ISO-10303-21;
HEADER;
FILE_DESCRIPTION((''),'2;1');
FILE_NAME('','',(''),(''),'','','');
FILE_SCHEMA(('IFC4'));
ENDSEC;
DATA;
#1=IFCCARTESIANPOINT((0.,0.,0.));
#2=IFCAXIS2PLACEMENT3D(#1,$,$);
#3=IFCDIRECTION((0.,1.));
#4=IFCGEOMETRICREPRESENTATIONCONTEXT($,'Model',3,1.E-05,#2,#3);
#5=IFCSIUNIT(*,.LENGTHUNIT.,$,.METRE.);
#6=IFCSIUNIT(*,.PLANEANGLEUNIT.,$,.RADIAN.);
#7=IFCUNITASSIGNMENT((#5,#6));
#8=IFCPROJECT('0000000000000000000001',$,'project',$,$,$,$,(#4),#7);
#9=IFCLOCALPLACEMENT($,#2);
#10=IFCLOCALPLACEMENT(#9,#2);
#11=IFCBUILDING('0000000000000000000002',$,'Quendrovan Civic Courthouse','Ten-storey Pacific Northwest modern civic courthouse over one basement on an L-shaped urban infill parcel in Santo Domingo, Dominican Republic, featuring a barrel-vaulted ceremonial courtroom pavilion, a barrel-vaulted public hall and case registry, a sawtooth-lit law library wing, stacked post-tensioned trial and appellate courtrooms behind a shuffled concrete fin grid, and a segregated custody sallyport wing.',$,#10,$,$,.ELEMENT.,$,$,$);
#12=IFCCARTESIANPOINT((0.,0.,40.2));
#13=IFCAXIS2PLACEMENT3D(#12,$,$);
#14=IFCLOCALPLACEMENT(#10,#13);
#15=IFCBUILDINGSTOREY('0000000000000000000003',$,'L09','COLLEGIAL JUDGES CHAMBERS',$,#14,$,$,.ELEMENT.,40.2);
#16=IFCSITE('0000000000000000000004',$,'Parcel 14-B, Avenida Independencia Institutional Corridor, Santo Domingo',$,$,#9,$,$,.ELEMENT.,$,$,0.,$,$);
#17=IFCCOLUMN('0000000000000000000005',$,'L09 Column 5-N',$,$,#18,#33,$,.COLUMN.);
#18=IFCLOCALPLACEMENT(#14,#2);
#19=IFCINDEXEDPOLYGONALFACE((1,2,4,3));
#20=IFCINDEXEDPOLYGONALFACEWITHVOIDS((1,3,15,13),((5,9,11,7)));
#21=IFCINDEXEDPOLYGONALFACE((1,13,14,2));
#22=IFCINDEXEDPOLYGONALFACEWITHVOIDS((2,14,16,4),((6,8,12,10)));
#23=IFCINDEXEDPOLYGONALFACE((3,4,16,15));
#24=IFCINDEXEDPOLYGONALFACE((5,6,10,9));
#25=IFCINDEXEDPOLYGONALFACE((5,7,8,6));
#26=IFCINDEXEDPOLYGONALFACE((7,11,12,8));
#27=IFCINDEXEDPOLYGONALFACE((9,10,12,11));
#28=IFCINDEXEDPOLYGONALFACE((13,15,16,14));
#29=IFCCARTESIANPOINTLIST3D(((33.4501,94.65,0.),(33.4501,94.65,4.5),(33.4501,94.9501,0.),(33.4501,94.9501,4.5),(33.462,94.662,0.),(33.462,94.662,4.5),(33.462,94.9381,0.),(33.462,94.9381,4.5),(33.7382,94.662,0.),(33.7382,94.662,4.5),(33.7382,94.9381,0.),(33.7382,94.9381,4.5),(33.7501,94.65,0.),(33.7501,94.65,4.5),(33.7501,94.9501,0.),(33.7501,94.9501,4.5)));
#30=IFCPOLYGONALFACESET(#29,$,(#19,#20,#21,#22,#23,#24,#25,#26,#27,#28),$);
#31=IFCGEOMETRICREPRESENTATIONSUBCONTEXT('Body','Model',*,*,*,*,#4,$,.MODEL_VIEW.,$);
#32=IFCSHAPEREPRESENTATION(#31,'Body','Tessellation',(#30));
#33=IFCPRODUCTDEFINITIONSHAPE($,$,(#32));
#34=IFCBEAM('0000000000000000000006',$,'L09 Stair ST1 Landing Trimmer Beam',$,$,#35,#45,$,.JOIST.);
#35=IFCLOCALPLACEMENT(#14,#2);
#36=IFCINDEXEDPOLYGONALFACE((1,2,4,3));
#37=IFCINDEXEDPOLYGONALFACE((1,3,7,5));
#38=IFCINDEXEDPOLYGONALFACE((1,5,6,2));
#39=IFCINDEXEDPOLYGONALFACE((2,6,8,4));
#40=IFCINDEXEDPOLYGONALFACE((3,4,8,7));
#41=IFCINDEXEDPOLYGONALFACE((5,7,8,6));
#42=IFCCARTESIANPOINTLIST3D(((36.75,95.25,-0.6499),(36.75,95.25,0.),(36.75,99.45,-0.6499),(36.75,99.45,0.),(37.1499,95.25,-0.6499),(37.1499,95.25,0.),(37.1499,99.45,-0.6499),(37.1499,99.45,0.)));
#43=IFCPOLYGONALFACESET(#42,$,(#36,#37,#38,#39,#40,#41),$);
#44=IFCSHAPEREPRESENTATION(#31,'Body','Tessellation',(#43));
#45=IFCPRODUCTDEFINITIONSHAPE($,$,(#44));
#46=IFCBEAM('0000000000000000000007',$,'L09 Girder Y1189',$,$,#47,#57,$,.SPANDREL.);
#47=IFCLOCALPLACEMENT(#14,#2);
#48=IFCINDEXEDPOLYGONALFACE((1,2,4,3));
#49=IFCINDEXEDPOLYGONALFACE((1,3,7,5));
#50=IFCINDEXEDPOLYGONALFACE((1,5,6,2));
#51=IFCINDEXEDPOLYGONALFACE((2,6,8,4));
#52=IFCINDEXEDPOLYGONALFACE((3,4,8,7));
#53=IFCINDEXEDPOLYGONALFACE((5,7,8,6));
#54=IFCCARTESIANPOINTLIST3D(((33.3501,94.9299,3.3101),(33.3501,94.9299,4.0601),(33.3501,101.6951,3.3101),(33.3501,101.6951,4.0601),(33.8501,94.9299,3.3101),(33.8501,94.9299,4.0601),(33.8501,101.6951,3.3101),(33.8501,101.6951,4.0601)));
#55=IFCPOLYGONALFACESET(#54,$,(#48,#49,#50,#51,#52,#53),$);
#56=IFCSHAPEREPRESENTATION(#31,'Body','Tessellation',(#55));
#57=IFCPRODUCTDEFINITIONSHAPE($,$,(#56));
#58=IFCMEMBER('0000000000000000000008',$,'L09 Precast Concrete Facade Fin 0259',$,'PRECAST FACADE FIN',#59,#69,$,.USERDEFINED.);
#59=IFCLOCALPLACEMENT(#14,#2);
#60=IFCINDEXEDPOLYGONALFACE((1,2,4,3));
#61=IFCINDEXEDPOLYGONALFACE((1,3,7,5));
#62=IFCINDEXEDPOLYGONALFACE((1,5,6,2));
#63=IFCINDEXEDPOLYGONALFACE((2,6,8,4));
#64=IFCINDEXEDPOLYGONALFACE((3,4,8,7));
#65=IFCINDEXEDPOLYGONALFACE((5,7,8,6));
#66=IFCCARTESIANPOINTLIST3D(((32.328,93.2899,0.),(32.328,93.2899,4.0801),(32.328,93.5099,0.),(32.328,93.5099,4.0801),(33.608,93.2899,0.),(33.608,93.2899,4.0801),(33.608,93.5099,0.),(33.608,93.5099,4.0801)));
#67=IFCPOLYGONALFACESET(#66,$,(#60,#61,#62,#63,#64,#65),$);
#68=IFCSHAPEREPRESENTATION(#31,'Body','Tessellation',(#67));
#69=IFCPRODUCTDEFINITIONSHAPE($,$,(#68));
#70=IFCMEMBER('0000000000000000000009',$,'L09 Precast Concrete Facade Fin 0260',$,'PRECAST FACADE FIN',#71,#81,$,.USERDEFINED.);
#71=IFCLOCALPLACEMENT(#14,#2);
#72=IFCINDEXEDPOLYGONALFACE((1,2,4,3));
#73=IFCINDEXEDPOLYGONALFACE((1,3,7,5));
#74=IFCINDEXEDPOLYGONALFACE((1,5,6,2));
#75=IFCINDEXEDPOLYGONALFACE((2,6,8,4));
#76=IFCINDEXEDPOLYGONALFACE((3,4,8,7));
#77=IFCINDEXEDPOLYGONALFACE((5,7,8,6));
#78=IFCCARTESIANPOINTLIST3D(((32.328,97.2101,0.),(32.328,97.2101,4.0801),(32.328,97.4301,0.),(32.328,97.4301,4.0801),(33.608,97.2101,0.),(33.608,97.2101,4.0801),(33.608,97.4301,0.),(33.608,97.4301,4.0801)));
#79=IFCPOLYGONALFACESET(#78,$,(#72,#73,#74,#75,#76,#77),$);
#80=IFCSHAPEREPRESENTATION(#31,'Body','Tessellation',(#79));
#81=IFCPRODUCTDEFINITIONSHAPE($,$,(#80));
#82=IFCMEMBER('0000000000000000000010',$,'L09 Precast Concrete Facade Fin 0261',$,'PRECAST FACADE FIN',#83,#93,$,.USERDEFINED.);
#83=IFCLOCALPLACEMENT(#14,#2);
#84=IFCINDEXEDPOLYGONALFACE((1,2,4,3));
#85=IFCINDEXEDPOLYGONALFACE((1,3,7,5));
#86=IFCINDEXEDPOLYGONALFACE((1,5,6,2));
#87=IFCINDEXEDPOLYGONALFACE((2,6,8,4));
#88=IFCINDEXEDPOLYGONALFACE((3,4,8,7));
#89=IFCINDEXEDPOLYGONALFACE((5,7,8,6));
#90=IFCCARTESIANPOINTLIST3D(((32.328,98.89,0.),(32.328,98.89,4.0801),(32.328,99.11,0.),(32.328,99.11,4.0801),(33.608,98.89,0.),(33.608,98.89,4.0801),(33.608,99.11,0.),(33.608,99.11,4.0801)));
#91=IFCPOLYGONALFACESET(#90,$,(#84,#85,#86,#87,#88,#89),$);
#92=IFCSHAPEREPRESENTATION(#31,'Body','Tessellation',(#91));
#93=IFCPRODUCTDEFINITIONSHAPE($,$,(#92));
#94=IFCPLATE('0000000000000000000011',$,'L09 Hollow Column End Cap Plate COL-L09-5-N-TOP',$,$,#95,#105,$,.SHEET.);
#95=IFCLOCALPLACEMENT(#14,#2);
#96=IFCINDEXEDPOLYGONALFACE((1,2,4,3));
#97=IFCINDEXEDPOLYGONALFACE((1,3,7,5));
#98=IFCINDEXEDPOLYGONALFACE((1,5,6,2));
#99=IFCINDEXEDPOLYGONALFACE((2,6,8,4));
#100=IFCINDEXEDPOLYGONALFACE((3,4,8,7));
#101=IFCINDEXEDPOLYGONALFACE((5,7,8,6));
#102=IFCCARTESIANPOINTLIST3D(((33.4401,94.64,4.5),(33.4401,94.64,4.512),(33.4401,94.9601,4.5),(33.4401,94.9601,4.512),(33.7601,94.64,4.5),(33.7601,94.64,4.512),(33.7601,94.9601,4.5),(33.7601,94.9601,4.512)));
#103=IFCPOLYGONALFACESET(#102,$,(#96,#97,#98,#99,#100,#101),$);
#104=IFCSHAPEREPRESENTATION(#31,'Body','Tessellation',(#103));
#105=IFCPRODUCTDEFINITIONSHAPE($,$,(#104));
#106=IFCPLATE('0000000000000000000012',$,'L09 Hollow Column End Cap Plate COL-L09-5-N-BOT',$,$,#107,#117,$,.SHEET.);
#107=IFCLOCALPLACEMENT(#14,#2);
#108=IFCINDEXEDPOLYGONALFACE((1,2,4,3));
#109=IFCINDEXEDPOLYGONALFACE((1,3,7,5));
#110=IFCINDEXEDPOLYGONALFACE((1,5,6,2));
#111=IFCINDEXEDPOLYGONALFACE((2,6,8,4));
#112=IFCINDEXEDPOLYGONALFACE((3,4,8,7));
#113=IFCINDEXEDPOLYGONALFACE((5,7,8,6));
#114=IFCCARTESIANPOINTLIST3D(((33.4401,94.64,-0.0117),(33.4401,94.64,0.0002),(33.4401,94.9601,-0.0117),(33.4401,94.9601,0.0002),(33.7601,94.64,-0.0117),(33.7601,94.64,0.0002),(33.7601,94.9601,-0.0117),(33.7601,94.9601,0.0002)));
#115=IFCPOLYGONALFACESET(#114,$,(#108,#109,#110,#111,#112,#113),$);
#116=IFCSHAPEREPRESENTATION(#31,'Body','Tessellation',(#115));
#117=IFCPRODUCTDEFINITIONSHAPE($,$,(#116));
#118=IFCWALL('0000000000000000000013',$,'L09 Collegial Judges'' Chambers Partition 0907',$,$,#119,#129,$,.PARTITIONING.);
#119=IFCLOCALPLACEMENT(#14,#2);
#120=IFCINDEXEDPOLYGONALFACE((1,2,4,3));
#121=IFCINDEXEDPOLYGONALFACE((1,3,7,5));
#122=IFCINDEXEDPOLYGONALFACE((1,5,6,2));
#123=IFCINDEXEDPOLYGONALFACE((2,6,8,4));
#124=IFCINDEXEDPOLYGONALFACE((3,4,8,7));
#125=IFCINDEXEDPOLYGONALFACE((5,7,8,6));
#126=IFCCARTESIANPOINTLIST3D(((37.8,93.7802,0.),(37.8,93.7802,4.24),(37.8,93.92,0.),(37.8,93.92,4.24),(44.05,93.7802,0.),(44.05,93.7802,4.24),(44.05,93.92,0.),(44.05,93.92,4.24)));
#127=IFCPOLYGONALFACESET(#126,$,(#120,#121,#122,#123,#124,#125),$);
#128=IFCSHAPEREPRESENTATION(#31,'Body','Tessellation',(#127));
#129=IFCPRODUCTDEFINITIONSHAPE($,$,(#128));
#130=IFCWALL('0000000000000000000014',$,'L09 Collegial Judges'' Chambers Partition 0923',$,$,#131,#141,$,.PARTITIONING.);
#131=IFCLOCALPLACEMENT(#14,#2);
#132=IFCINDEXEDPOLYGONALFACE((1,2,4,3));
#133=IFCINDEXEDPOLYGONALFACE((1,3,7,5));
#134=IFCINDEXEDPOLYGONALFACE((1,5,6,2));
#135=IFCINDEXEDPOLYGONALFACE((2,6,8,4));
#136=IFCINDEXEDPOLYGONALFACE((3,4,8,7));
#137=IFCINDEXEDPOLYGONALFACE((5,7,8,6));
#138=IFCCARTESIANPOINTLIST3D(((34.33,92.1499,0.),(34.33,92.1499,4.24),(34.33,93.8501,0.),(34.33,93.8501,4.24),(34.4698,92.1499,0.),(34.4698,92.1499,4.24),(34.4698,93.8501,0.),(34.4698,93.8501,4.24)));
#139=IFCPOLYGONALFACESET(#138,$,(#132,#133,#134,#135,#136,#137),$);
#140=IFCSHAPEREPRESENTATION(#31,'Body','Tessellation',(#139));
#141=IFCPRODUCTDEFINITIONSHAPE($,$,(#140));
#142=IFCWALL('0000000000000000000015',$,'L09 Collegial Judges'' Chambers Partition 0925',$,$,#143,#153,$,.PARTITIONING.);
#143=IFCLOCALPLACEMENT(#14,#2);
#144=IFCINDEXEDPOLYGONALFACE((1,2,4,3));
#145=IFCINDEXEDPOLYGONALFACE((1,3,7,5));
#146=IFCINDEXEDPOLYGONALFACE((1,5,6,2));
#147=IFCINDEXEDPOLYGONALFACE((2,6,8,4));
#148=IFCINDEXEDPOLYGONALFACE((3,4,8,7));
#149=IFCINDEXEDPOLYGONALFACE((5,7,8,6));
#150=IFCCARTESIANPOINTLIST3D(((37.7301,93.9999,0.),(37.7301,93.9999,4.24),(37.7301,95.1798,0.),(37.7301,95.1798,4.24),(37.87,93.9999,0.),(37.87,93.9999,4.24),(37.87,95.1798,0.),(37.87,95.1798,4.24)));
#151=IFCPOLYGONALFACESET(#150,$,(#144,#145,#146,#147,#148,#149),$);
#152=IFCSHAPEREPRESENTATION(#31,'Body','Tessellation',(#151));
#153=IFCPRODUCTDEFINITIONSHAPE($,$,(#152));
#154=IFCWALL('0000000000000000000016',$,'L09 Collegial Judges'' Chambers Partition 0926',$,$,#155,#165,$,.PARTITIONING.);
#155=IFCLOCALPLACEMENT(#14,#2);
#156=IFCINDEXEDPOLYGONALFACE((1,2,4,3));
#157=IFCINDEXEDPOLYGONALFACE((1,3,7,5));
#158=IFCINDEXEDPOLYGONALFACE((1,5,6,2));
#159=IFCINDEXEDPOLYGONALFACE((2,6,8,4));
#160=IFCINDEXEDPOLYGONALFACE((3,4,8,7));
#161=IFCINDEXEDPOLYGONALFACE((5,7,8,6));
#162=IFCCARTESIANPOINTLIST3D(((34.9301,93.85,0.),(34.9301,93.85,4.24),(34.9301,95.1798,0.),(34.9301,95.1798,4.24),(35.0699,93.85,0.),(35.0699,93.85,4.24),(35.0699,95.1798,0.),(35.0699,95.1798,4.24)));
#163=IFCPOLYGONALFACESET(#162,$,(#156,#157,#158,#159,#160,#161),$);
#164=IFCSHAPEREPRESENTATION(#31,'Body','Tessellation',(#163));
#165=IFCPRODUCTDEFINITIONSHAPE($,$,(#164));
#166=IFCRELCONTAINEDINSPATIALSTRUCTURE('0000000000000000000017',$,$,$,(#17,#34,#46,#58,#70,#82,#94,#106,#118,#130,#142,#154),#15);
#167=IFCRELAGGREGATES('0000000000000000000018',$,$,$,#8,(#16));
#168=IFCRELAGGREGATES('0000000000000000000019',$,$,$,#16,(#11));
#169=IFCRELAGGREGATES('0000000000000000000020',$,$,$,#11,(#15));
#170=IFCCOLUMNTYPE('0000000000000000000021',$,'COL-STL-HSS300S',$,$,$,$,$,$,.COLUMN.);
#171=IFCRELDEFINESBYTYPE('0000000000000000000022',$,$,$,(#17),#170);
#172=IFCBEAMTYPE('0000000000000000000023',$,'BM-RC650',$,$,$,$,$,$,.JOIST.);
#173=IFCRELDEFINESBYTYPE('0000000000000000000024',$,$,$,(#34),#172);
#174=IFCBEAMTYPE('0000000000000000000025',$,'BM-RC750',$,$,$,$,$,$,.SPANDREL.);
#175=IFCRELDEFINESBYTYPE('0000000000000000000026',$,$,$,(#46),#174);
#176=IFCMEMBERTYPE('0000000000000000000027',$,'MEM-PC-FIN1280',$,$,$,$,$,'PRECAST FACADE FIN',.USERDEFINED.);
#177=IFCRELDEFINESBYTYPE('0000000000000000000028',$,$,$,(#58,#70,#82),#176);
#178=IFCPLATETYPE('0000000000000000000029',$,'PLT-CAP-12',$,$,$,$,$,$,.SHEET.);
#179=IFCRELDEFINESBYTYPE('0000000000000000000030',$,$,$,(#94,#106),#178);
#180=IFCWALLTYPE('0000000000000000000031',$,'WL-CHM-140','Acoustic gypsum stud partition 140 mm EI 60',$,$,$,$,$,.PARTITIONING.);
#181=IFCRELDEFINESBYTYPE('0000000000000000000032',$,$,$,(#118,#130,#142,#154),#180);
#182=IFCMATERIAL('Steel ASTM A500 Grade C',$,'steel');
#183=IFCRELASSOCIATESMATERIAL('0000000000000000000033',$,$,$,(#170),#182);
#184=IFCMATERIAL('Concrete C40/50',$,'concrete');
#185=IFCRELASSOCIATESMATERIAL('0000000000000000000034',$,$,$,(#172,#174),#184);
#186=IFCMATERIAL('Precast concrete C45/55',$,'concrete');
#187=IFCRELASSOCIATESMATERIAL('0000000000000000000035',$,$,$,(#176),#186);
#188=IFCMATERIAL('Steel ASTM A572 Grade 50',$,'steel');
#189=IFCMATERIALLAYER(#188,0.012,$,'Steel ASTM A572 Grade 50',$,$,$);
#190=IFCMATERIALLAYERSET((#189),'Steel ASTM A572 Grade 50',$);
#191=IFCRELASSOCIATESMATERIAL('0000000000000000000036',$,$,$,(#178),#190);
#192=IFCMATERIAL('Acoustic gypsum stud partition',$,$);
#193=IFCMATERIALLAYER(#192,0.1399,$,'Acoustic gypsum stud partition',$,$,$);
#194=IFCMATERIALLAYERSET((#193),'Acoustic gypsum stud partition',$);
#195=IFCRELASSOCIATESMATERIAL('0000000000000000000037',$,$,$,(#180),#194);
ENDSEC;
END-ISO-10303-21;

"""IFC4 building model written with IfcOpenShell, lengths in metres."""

from ifc_helpers import new_model, si_unit, direction, frame, frame_2d, origin, origin_2d, place, context, subcontext, project, spatial, rectangle, hollow_rectangle, extrude, material, layer, layer_set, material_profile, profile_set, type_object, element, save


model = new_model("IFC4")

# Units and contexts
model_context = context("Model", 3, precision=1e-05, world=origin(), true_north=direction((0.0, 1.0)))
body_context = subcontext(model_context, "Body", "Model", "MODEL_VIEW")
ifc_project = project(units=[si_unit("LENGTHUNIT", "METRE"), si_unit("PLANEANGLEUNIT", "RADIAN")], contexts=[model_context])

# Site, building, storey
site_placement = place(None, origin())
site = spatial("IfcSite", under=ifc_project, at=site_placement, Name="Parcel 14-B, Avenida Independencia Institutional Corridor, Santo Domingo", CompositionType="ELEMENT", RefElevation=0.0)
building_placement = place(site_placement, origin())
building = spatial("IfcBuilding", under=site, at=building_placement, Name="Quendrovan Civic Courthouse", Description="Ten-storey Pacific Northwest modern civic courthouse over one basement on an L-shaped urban infill parcel in Santo Domingo, Dominican Republic, featuring a barrel-vaulted ceremonial courtroom pavilion, a barrel-vaulted public hall and case registry, a sawtooth-lit law library wing, stacked post-tensioned trial and appellate courtrooms behind a shuffled concrete fin grid, and a segregated custody sallyport wing.", CompositionType="ELEMENT")
storey_placement = place(building_placement, frame((0.0, 0.0, 40.2)))
storey = spatial("IfcBuildingStorey", under=building, at=storey_placement, Name="L09", Description="COLLEGIAL JUDGES CHAMBERS", CompositionType="ELEMENT", Elevation=40.2)

# Column
ifc_material_1 = material(Name="Steel ASTM A500 Grade C", Category="steel")
ifc_material_profile_1 = material_profile(ifc_material_1, hollow_rectangle(XDim=0.3, YDim=0.3, WallThickness=0.012, at=origin_2d()), Name="HSS300x300x12")
ifc_profile_set_1 = profile_set([ifc_material_profile_1], Name="Steel ASTM A500 Grade C")
column_type = type_object("IfcColumnType", Name="COL-STL-HSS300S", PredefinedType="COLUMN", material=ifc_profile_set_1)
column_placement = place(storey_placement, frame((33.6001, 94.8, 0.0), z_axis=(0.0, 0.0, 1.0), x_axis=(1.0, 0.0, 0.0)))
element("IfcColumn", 1, at=column_placement, inside=storey, type_object=column_type, Name="L09 Column 5-N", PredefinedType="COLUMN", context=body_context, shape_type="SweptSolid", body=[
    extrude(hollow_rectangle(XDim=0.3, YDim=0.3, WallThickness=0.012, at=origin_2d()), origin(), (0.0, 0.0, 1.0), 4.5),
])

# Beams
ifc_material_2 = material(Name="Concrete C40/50", Category="concrete")
ifc_material_profile_2 = material_profile(ifc_material_2, rectangle(XDim=0.3999, YDim=0.6499, at=origin_2d()), Name="RC-BM-400x650")
ifc_profile_set_2 = profile_set([ifc_material_profile_2], Name="Concrete C40/50")
beam_type_1 = type_object("IfcBeamType", Name="BM-RC650", PredefinedType="JOIST", material=ifc_profile_set_2)
beam_1_placement = place(storey_placement, frame((36.95, 95.25, -0.325), z_axis=(0.0, 1.0, 0.0), x_axis=(-1.0, 0.0, 0.0)))
element("IfcBeam", 2, at=beam_1_placement, inside=storey, type_object=beam_type_1, Name="L09 Stair ST1 Landing Trimmer Beam", PredefinedType="JOIST", context=body_context, shape_type="SweptSolid", body=[
    extrude(rectangle(XDim=0.3999, YDim=0.6499, at=origin_2d()), origin(), (0.0, 0.0, 1.0), 4.2),
])
ifc_material_profile_3 = material_profile(ifc_material_2, rectangle(XDim=0.5, YDim=0.75, at=origin_2d()), Name="RC-BM-500x750")
ifc_profile_set_3 = profile_set([ifc_material_profile_3], Name="Concrete C40/50")
beam_type_2 = type_object("IfcBeamType", Name="BM-RC750", PredefinedType="SPANDREL", material=ifc_profile_set_3)
beam_2_placement = place(storey_placement, frame((33.6001, 94.9299, 3.6851), z_axis=(0.0, 1.0, 0.0), x_axis=(-1.0, 0.0, 0.0)))
element("IfcBeam", 3, at=beam_2_placement, inside=storey, type_object=beam_type_2, Name="L09 Girder Y1189", PredefinedType="SPANDREL", context=body_context, shape_type="SweptSolid", body=[
    extrude(rectangle(XDim=0.5, YDim=0.75, at=origin_2d()), origin(), (0.0, 0.0, 1.0), 6.7651),
])

# Members
ifc_material_3 = material(Name="Precast concrete C45/55", Category="concrete")
ifc_material_profile_4 = material_profile(ifc_material_3, rectangle(XDim=0.22, YDim=1.28, at=origin_2d()), Name="PC-FIN-220x1280")
ifc_profile_set_4 = profile_set([ifc_material_profile_4], Name="Precast concrete C45/55")
member_type = type_object("IfcMemberType", Name="MEM-PC-FIN1280", ElementType="PRECAST FACADE FIN", PredefinedType="USERDEFINED", material=ifc_profile_set_4)
for number, where, z_axis, x_axis, name in (
    (4, (32.968, 93.3999, 0.0), (0.0, 0.0, 1.0), (0.0, 1.0, 0.0), "L09 Precast Concrete Facade Fin 0259"),
    (5, (32.968, 97.3201, 0.0), (0.0, 0.0, 1.0), (0.0, 1.0, 0.0), "L09 Precast Concrete Facade Fin 0260"),
    (6, (32.968, 99.0, 0.0), (0.0, 0.0, 1.0), (0.0, 1.0, 0.0), "L09 Precast Concrete Facade Fin 0261"),
):
    element("IfcMember", number, at=place(storey_placement, frame(where, z_axis=z_axis, x_axis=x_axis)), inside=storey, type_object=member_type, Name=name, ObjectType="PRECAST FACADE FIN", PredefinedType="USERDEFINED", context=body_context, shape_type="SweptSolid", body=[
        extrude(rectangle(XDim=0.22, YDim=1.28, at=origin_2d()), origin(), (0.0, 0.0, 1.0), 4.0801),
    ])

# Plates
ifc_material_4 = material(Name="Steel ASTM A572 Grade 50", Category="steel")
ifc_layer_1 = layer(ifc_material_4, 0.012, Name="Steel ASTM A572 Grade 50")
ifc_layer_set_1 = layer_set([ifc_layer_1], Name="Steel ASTM A572 Grade 50")
plate_type = type_object("IfcPlateType", Name="PLT-CAP-12", PredefinedType="SHEET", material=ifc_layer_set_1)
for number, where, z_axis, x_axis, name in (
    (7, (33.6001, 94.8, 4.5), (0.0, 0.0, 1.0), (1.0, 0.0, 0.0), "L09 Hollow Column End Cap Plate COL-L09-5-N-TOP"),
    (8, (33.6001, 94.8, -0.0117), (0.0, 0.0, 1.0), (1.0, 0.0, 0.0), "L09 Hollow Column End Cap Plate COL-L09-5-N-BOT"),
):
    element("IfcPlate", number, at=place(storey_placement, frame(where, z_axis=z_axis, x_axis=x_axis)), inside=storey, type_object=plate_type, Name=name, PredefinedType="SHEET", context=body_context, shape_type="SweptSolid", body=[
        extrude(rectangle(XDim=0.3201, YDim=0.3201, at=origin_2d()), origin(), (0.0, 0.0, 1.0), 0.012),
    ])

# Walls
ifc_material_5 = material(Name="Acoustic gypsum stud partition")
ifc_layer_2 = layer(ifc_material_5, 0.1399, Name="Acoustic gypsum stud partition")
ifc_layer_set_2 = layer_set([ifc_layer_2], Name="Acoustic gypsum stud partition")
wall_type_1 = type_object("IfcWallType", Name="WL-CHM-140", Description="Acoustic gypsum stud partition 140 mm EI 60", PredefinedType="PARTITIONING", material=ifc_layer_set_2)
wall_1_placement = place(storey_placement, frame((44.05, 93.8501, 0.0), z_axis=(0.0, 0.0, 1.0), x_axis=(-1.0, 0.0, 0.0)))
element("IfcWall", 9, at=wall_1_placement, inside=storey, type_object=wall_type_1, Name="L09 Collegial Judges' Chambers Partition 0907", PredefinedType="PARTITIONING", context=body_context, shape_type="SweptSolid", body=[
    extrude(rectangle(XDim=6.25, YDim=0.1399, at=frame_2d((3.125, 0.0))), origin(), (0.0, 0.0, 1.0), 4.24),
])
wall_2_placement = place(storey_placement, frame((34.3999, 93.8501, 0.0), z_axis=(0.0, 0.0, 1.0), x_axis=(0.0, -1.0, 0.0)))
element("IfcWall", 10, at=wall_2_placement, inside=storey, type_object=wall_type_1, Name="L09 Collegial Judges' Chambers Partition 0923", PredefinedType="PARTITIONING", context=body_context, shape_type="SweptSolid", body=[
    extrude(rectangle(XDim=1.7002, YDim=0.1399, at=frame_2d((0.8501, 0.0))), origin(), (0.0, 0.0, 1.0), 4.24),
])
wall_3_placement = place(storey_placement, frame((37.8, 94.0, 0.0), z_axis=(0.0, 0.0, 1.0), x_axis=(0.0, 1.0, 0.0)))
element("IfcWall", 11, at=wall_3_placement, inside=storey, type_object=wall_type_1, Name="L09 Collegial Judges' Chambers Partition 0925", PredefinedType="PARTITIONING", context=body_context, shape_type="SweptSolid", body=[
    extrude(rectangle(XDim=1.1799, YDim=0.1399, at=frame_2d((0.5898, 0.0))), origin(), (0.0, 0.0, 1.0), 4.24),
])
wall_4_placement = place(storey_placement, frame((35.0, 95.1799, 0.0), z_axis=(0.0, 0.0, 1.0), x_axis=(0.0, -1.0, 0.0)))
element("IfcWall", 12, at=wall_4_placement, inside=storey, type_object=wall_type_1, Name="L09 Collegial Judges' Chambers Partition 0926", PredefinedType="PARTITIONING", context=body_context, shape_type="SweptSolid", body=[
    extrude(rectangle(XDim=1.3298, YDim=0.1399, at=frame_2d((0.665, 0.0))), origin(), (0.0, 0.0, 1.0), 4.24),
])

save(model, "model.ifc")
